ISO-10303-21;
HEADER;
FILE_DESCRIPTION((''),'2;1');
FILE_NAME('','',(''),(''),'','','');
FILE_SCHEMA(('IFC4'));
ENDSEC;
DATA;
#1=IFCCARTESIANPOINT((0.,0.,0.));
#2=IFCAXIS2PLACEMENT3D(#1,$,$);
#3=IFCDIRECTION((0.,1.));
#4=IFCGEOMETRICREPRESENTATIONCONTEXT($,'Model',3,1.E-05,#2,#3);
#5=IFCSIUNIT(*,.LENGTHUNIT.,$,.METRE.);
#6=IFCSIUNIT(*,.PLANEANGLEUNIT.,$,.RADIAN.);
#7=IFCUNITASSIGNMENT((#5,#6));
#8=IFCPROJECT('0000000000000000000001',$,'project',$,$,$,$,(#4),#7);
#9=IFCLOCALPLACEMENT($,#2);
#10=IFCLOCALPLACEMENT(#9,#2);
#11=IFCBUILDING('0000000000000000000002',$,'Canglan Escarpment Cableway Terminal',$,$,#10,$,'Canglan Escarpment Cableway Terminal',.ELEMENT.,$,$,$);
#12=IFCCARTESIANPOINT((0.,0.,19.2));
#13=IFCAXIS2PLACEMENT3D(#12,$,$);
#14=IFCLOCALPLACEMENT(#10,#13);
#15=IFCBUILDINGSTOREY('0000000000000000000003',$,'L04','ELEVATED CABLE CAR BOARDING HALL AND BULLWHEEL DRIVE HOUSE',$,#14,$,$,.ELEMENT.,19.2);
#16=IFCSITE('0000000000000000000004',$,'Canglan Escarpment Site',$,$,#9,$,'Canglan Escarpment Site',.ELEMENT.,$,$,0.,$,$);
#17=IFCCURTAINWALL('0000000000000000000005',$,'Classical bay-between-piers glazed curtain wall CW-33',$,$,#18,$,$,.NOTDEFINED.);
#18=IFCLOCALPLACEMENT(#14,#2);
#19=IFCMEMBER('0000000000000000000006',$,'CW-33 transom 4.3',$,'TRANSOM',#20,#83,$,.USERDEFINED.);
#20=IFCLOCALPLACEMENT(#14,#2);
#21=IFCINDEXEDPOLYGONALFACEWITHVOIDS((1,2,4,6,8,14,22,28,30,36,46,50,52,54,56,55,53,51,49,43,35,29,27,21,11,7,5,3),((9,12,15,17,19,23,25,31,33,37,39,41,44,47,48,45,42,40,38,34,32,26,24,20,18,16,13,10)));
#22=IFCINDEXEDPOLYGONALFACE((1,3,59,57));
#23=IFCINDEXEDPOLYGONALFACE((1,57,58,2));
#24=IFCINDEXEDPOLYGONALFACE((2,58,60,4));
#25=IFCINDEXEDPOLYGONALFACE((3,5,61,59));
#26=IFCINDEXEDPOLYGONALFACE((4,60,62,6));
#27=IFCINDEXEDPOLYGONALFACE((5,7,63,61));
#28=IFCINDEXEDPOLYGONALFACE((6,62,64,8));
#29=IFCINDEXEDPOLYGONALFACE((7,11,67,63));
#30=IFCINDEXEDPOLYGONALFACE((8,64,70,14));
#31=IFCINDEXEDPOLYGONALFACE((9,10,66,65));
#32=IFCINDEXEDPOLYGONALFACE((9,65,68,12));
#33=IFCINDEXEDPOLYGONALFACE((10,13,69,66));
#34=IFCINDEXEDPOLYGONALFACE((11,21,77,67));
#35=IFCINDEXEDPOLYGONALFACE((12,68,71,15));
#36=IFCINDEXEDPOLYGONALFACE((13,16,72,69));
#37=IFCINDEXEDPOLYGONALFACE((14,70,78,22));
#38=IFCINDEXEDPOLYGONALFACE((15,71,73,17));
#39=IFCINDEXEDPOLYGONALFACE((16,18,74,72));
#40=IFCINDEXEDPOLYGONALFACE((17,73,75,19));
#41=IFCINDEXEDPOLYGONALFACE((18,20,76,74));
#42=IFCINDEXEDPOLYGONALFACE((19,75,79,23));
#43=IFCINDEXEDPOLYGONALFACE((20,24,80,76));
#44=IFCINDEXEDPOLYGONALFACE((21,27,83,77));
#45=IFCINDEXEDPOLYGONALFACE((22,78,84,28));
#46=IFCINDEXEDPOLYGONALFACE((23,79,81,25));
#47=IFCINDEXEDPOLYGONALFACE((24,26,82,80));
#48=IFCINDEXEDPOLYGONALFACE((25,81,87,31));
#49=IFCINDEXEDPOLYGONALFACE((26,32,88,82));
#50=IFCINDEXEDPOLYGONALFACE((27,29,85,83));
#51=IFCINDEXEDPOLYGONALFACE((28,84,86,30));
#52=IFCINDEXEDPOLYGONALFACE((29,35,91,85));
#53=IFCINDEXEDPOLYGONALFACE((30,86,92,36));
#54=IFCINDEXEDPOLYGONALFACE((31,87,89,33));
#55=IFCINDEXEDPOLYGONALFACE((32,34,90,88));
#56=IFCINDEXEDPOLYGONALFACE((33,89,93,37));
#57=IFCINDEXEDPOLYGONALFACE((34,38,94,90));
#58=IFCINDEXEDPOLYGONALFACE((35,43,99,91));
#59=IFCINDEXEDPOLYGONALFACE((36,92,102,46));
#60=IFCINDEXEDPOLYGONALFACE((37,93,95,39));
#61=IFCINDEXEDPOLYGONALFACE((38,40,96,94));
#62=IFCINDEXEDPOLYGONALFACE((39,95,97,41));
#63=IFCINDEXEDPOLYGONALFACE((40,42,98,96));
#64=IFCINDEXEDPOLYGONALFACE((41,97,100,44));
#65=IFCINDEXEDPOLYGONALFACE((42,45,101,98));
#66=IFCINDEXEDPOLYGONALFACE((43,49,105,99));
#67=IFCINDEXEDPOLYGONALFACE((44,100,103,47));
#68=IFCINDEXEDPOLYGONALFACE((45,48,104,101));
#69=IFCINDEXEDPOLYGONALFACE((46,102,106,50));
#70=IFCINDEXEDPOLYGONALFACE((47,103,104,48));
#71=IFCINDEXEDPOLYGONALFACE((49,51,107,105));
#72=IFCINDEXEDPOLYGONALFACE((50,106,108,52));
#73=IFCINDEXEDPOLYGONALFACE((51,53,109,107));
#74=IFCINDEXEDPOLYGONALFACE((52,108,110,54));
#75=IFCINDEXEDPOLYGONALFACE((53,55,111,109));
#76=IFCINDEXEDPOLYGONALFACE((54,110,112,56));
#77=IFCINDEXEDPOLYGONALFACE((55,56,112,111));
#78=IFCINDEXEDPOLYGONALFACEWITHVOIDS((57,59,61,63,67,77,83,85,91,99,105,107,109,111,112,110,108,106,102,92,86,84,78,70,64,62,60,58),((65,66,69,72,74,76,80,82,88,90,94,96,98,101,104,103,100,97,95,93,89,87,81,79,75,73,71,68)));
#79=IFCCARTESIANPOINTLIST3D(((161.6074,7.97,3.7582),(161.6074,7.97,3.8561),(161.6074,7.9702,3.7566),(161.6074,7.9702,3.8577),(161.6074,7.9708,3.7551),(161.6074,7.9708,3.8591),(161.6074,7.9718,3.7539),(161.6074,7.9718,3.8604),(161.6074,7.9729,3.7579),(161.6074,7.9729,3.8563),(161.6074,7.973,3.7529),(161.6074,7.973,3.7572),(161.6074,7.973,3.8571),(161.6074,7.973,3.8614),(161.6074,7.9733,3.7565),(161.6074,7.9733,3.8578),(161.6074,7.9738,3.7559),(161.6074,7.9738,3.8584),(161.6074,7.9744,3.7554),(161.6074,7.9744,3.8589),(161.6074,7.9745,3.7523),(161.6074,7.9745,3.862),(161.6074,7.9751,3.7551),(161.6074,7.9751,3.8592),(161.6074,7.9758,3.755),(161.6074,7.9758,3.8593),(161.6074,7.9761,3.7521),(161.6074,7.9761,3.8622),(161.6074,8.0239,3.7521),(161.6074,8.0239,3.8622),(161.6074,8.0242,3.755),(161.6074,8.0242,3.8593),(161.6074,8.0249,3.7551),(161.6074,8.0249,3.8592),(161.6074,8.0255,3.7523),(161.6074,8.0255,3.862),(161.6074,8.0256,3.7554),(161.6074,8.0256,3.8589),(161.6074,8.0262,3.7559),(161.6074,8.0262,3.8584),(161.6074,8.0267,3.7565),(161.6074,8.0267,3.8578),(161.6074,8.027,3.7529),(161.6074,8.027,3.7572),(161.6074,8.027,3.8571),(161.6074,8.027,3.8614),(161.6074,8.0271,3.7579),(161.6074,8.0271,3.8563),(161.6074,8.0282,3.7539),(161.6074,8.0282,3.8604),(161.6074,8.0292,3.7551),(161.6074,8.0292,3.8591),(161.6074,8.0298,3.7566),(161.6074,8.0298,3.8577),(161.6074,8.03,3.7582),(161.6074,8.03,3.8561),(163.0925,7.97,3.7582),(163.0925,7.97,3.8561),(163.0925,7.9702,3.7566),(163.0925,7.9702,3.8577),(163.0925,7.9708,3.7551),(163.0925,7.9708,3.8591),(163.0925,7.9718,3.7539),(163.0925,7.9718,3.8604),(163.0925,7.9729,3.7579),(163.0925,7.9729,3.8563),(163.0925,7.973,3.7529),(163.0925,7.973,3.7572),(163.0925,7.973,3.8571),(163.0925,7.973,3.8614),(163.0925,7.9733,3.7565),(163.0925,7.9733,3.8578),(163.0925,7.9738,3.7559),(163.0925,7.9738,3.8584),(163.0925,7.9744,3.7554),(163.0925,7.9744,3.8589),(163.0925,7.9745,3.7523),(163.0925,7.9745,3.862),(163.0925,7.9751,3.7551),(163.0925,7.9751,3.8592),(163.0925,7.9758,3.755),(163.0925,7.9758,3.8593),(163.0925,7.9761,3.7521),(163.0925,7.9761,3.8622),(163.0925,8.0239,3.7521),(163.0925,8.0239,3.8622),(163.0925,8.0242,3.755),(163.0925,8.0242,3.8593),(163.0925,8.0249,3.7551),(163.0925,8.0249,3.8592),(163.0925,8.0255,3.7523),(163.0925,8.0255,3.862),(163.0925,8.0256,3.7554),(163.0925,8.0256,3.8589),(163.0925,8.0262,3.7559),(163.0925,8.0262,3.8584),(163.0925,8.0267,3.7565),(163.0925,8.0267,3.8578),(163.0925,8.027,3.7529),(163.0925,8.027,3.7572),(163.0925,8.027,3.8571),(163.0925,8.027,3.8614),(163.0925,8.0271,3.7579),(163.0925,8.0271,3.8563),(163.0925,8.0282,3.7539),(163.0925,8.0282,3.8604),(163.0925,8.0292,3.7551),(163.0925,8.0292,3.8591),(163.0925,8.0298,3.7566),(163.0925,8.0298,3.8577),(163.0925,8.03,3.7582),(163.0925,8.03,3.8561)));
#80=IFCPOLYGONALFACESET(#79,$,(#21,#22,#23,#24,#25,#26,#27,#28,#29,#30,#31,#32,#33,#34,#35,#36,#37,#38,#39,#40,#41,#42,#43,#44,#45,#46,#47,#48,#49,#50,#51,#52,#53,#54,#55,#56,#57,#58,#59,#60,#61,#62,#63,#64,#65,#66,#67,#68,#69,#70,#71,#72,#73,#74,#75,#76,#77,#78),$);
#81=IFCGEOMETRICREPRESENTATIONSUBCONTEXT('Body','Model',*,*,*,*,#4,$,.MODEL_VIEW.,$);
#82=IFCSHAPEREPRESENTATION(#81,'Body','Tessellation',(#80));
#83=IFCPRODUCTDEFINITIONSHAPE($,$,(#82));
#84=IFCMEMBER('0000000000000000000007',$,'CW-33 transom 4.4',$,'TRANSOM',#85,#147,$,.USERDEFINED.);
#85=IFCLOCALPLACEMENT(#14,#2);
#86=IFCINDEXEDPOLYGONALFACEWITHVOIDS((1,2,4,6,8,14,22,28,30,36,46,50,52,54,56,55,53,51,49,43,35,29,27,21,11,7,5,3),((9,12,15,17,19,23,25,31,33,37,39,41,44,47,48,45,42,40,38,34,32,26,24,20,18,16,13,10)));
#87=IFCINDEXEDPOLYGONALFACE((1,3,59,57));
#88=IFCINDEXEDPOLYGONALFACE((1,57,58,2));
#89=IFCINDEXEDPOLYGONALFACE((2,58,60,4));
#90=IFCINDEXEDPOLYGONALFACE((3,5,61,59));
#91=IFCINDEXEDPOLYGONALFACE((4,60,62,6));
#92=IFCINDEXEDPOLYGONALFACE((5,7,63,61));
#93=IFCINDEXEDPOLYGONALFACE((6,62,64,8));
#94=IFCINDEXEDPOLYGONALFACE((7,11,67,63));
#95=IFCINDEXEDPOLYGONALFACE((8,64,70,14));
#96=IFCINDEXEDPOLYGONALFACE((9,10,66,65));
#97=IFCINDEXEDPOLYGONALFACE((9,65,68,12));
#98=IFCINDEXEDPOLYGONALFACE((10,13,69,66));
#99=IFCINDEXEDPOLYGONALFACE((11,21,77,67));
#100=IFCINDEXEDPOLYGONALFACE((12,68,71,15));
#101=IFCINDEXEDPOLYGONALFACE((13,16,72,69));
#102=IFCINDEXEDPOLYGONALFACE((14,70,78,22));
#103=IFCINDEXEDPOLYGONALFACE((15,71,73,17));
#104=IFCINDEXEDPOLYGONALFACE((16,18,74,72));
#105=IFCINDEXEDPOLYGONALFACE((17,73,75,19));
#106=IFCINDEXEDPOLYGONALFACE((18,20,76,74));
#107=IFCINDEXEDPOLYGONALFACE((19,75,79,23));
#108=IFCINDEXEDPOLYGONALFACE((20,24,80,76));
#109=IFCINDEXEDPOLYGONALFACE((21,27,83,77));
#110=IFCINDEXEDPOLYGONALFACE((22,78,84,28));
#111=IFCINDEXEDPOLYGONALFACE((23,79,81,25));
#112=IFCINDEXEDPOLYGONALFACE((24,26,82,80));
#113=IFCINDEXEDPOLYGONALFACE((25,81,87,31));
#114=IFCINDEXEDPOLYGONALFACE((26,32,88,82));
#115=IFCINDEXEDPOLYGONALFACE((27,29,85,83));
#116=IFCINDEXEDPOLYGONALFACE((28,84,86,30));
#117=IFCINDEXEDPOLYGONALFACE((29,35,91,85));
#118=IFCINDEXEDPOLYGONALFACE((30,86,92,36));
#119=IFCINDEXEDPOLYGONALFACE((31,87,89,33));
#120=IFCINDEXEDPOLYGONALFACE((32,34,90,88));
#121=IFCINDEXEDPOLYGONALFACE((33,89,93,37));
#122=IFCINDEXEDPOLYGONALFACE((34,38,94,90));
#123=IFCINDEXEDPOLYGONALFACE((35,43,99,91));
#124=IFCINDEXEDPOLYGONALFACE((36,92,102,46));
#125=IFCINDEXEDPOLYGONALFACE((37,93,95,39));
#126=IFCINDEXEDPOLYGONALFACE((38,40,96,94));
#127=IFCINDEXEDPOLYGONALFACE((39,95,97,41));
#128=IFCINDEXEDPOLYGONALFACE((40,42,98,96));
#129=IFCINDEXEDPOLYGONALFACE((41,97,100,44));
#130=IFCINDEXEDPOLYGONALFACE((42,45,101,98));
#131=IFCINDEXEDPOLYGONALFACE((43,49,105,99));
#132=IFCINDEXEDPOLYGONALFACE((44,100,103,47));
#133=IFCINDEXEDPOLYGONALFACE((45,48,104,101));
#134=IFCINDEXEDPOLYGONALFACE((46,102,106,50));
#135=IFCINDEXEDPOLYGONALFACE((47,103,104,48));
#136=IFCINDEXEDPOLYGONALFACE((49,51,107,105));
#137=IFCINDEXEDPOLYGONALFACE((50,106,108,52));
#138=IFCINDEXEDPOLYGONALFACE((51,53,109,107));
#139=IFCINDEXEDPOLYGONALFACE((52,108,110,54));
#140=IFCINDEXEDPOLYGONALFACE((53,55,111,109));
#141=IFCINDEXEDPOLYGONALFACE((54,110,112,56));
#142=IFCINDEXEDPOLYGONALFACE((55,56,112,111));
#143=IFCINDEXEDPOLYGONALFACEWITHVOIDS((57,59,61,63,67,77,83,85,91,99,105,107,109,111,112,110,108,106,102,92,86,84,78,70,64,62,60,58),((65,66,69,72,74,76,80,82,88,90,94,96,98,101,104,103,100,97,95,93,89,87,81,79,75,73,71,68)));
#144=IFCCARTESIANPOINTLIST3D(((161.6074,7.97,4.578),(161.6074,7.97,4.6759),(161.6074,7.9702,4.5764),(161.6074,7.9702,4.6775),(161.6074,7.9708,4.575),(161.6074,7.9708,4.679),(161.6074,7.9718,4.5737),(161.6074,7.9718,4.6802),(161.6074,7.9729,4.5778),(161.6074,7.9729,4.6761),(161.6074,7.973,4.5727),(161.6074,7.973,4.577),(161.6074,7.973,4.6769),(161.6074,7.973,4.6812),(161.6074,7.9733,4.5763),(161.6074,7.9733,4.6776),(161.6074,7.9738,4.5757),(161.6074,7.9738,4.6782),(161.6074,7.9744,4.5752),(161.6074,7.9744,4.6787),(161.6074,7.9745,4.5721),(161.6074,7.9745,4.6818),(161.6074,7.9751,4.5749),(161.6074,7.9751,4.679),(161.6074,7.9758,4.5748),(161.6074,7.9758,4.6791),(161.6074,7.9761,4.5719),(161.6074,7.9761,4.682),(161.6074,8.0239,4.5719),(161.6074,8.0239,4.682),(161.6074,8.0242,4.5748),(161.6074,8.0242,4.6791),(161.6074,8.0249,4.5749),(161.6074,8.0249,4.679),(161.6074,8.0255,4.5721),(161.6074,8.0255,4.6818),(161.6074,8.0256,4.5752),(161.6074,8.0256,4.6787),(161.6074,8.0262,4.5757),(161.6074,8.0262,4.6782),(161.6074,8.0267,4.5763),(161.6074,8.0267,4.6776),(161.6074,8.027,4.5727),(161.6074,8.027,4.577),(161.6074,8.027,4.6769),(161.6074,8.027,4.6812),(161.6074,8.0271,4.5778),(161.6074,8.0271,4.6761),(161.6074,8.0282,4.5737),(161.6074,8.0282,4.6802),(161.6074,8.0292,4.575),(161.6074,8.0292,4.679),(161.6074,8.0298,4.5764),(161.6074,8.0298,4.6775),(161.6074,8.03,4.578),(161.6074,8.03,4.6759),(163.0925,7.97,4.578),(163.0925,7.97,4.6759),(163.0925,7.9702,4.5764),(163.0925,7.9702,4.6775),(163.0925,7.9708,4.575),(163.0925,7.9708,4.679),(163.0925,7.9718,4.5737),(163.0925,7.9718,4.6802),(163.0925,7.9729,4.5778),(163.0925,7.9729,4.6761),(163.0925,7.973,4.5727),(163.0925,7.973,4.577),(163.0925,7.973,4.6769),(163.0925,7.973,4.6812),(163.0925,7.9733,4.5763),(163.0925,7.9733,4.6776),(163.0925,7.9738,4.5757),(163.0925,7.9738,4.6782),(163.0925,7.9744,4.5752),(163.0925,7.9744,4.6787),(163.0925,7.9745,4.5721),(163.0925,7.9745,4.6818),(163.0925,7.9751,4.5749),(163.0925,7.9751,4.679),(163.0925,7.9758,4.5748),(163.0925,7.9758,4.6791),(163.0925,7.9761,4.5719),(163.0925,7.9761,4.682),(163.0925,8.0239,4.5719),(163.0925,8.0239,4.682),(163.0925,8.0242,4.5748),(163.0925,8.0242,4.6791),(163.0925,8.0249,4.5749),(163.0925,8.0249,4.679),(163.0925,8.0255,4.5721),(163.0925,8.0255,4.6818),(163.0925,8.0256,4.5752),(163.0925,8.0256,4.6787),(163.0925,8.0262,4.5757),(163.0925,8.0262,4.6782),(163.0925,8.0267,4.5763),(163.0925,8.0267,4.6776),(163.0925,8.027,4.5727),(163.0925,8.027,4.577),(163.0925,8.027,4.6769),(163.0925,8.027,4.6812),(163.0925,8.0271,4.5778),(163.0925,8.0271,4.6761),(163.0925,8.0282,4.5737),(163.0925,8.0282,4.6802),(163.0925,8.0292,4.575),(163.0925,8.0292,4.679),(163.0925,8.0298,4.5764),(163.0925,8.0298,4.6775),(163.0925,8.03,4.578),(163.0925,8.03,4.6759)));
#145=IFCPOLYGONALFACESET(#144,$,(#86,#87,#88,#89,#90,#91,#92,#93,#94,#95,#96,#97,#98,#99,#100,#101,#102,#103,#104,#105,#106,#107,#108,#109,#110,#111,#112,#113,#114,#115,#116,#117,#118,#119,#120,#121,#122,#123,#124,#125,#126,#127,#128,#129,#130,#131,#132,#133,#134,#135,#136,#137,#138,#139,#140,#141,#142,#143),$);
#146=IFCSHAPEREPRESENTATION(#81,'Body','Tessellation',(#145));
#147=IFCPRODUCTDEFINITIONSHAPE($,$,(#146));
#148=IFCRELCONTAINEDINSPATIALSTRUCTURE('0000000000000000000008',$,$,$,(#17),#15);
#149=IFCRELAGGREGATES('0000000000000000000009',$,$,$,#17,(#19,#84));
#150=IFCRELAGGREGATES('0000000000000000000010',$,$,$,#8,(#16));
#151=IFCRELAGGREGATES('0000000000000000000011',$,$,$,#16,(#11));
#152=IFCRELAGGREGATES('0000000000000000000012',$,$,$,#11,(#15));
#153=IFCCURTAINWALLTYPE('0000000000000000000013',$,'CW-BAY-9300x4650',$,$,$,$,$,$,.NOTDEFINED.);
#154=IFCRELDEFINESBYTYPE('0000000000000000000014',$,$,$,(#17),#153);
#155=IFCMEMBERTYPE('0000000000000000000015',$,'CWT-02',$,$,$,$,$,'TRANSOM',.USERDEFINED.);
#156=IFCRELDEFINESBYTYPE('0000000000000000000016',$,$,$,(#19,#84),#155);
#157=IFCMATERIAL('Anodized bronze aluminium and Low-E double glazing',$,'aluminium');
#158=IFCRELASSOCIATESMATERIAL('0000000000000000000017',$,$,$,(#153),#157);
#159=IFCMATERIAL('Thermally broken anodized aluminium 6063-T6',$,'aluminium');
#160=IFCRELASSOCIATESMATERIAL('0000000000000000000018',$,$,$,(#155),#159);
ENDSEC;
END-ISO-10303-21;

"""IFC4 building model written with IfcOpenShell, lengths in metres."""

from ifc_helpers import new_model, si_unit, direction, frame, origin, origin_2d, place, context, subcontext, project, spatial, hollow_rectangle, extrude, material, material_profile, profile_set, type_object, element, aggregate, save


model = new_model("IFC4")

# Units and contexts
model_context = context("Model", 3, precision=1e-05, world=origin(), true_north=direction((0.0, 1.0)))
body_context = subcontext(model_context, "Body", "Model", "MODEL_VIEW")
ifc_project = project(units=[si_unit("LENGTHUNIT", "METRE"), si_unit("PLANEANGLEUNIT", "RADIAN")], contexts=[model_context])

# Site, building, storey
site_placement = place(None, origin())
site = spatial("IfcSite", under=ifc_project, at=site_placement, Name="Canglan Escarpment Site", LongName="Canglan Escarpment Site", CompositionType="ELEMENT", RefElevation=0.0)
building_placement = place(site_placement, origin())
building = spatial("IfcBuilding", under=site, at=building_placement, Name="Canglan Escarpment Cableway Terminal", LongName="Canglan Escarpment Cableway Terminal", CompositionType="ELEMENT")
storey_placement = place(building_placement, frame((0.0, 0.0, 19.2)))
storey = spatial("IfcBuildingStorey", under=building, at=storey_placement, Name="L04", Description="ELEVATED CABLE CAR BOARDING HALL AND BULLWHEEL DRIVE HOUSE", CompositionType="ELEMENT", Elevation=19.2)

# Curtain wall, members
ifc_material_1 = material(Name="Anodized bronze aluminium and Low-E double glazing", Category="aluminium")
curtain_wall_type = type_object("IfcCurtainWallType", Name="CW-BAY-9300x4650", PredefinedType="NOTDEFINED", material=ifc_material_1)
curtain_wall_placement = place(storey_placement, origin())
curtain_wall = element("IfcCurtainWall", 1, at=curtain_wall_placement, inside=storey, type_object=curtain_wall_type, Name="Classical bay-between-piers glazed curtain wall CW-33", PredefinedType="NOTDEFINED")
ifc_material_2 = material(Name="Thermally broken anodized aluminium 6063-T6", Category="aluminium")
ifc_material_profile_1 = material_profile(ifc_material_2, hollow_rectangle(XDim=0.0601, YDim=0.1101, WallThickness=0.0029, InnerFilletRadius=0.0029, OuterFilletRadius=0.0061, at=origin_2d()), Name="ALU-TRAN 60x110x3")
ifc_profile_set_1 = profile_set([ifc_material_profile_1], Name="Thermally broken anodized aluminium 6063-T6")
member_type_1 = type_object("IfcMemberType", Name="CWT-02", ElementType="TRANSOM", PredefinedType="USERDEFINED", material=ifc_profile_set_1)
member_1_placement = place(storey_placement, frame((161.6074, 8.0, 3.8071), z_axis=(1.0, 0.0, 0.0), x_axis=(0.0, 1.0, 0.0)))
member_1 = element("IfcMember", 2, at=member_1_placement, type_object=member_type_1, Name="CW-33 transom 4.3", ObjectType="TRANSOM", PredefinedType="USERDEFINED", context=body_context, shape_type="SweptSolid", body=[
    extrude(hollow_rectangle(XDim=0.0601, YDim=0.1101, WallThickness=0.0029, InnerFilletRadius=0.0029, OuterFilletRadius=0.0061, at=origin_2d()), origin(), (0.0, 0.0, 1.0), 1.4851),
])
member_2_placement = place(storey_placement, frame((161.6074, 8.0, 4.627), z_axis=(1.0, 0.0, 0.0), x_axis=(0.0, 1.0, 0.0)))
member_2 = element("IfcMember", 3, at=member_2_placement, type_object=member_type_1, Name="CW-33 transom 4.4", ObjectType="TRANSOM", PredefinedType="USERDEFINED", context=body_context, shape_type="SweptSolid", body=[
    extrude(hollow_rectangle(XDim=0.0601, YDim=0.1101, WallThickness=0.0029, InnerFilletRadius=0.0029, OuterFilletRadius=0.0061, at=origin_2d()), origin(), (0.0, 0.0, 1.0), 1.4851),
])
aggregate(curtain_wall, [member_1, member_2])

save(model, "model.ifc")
